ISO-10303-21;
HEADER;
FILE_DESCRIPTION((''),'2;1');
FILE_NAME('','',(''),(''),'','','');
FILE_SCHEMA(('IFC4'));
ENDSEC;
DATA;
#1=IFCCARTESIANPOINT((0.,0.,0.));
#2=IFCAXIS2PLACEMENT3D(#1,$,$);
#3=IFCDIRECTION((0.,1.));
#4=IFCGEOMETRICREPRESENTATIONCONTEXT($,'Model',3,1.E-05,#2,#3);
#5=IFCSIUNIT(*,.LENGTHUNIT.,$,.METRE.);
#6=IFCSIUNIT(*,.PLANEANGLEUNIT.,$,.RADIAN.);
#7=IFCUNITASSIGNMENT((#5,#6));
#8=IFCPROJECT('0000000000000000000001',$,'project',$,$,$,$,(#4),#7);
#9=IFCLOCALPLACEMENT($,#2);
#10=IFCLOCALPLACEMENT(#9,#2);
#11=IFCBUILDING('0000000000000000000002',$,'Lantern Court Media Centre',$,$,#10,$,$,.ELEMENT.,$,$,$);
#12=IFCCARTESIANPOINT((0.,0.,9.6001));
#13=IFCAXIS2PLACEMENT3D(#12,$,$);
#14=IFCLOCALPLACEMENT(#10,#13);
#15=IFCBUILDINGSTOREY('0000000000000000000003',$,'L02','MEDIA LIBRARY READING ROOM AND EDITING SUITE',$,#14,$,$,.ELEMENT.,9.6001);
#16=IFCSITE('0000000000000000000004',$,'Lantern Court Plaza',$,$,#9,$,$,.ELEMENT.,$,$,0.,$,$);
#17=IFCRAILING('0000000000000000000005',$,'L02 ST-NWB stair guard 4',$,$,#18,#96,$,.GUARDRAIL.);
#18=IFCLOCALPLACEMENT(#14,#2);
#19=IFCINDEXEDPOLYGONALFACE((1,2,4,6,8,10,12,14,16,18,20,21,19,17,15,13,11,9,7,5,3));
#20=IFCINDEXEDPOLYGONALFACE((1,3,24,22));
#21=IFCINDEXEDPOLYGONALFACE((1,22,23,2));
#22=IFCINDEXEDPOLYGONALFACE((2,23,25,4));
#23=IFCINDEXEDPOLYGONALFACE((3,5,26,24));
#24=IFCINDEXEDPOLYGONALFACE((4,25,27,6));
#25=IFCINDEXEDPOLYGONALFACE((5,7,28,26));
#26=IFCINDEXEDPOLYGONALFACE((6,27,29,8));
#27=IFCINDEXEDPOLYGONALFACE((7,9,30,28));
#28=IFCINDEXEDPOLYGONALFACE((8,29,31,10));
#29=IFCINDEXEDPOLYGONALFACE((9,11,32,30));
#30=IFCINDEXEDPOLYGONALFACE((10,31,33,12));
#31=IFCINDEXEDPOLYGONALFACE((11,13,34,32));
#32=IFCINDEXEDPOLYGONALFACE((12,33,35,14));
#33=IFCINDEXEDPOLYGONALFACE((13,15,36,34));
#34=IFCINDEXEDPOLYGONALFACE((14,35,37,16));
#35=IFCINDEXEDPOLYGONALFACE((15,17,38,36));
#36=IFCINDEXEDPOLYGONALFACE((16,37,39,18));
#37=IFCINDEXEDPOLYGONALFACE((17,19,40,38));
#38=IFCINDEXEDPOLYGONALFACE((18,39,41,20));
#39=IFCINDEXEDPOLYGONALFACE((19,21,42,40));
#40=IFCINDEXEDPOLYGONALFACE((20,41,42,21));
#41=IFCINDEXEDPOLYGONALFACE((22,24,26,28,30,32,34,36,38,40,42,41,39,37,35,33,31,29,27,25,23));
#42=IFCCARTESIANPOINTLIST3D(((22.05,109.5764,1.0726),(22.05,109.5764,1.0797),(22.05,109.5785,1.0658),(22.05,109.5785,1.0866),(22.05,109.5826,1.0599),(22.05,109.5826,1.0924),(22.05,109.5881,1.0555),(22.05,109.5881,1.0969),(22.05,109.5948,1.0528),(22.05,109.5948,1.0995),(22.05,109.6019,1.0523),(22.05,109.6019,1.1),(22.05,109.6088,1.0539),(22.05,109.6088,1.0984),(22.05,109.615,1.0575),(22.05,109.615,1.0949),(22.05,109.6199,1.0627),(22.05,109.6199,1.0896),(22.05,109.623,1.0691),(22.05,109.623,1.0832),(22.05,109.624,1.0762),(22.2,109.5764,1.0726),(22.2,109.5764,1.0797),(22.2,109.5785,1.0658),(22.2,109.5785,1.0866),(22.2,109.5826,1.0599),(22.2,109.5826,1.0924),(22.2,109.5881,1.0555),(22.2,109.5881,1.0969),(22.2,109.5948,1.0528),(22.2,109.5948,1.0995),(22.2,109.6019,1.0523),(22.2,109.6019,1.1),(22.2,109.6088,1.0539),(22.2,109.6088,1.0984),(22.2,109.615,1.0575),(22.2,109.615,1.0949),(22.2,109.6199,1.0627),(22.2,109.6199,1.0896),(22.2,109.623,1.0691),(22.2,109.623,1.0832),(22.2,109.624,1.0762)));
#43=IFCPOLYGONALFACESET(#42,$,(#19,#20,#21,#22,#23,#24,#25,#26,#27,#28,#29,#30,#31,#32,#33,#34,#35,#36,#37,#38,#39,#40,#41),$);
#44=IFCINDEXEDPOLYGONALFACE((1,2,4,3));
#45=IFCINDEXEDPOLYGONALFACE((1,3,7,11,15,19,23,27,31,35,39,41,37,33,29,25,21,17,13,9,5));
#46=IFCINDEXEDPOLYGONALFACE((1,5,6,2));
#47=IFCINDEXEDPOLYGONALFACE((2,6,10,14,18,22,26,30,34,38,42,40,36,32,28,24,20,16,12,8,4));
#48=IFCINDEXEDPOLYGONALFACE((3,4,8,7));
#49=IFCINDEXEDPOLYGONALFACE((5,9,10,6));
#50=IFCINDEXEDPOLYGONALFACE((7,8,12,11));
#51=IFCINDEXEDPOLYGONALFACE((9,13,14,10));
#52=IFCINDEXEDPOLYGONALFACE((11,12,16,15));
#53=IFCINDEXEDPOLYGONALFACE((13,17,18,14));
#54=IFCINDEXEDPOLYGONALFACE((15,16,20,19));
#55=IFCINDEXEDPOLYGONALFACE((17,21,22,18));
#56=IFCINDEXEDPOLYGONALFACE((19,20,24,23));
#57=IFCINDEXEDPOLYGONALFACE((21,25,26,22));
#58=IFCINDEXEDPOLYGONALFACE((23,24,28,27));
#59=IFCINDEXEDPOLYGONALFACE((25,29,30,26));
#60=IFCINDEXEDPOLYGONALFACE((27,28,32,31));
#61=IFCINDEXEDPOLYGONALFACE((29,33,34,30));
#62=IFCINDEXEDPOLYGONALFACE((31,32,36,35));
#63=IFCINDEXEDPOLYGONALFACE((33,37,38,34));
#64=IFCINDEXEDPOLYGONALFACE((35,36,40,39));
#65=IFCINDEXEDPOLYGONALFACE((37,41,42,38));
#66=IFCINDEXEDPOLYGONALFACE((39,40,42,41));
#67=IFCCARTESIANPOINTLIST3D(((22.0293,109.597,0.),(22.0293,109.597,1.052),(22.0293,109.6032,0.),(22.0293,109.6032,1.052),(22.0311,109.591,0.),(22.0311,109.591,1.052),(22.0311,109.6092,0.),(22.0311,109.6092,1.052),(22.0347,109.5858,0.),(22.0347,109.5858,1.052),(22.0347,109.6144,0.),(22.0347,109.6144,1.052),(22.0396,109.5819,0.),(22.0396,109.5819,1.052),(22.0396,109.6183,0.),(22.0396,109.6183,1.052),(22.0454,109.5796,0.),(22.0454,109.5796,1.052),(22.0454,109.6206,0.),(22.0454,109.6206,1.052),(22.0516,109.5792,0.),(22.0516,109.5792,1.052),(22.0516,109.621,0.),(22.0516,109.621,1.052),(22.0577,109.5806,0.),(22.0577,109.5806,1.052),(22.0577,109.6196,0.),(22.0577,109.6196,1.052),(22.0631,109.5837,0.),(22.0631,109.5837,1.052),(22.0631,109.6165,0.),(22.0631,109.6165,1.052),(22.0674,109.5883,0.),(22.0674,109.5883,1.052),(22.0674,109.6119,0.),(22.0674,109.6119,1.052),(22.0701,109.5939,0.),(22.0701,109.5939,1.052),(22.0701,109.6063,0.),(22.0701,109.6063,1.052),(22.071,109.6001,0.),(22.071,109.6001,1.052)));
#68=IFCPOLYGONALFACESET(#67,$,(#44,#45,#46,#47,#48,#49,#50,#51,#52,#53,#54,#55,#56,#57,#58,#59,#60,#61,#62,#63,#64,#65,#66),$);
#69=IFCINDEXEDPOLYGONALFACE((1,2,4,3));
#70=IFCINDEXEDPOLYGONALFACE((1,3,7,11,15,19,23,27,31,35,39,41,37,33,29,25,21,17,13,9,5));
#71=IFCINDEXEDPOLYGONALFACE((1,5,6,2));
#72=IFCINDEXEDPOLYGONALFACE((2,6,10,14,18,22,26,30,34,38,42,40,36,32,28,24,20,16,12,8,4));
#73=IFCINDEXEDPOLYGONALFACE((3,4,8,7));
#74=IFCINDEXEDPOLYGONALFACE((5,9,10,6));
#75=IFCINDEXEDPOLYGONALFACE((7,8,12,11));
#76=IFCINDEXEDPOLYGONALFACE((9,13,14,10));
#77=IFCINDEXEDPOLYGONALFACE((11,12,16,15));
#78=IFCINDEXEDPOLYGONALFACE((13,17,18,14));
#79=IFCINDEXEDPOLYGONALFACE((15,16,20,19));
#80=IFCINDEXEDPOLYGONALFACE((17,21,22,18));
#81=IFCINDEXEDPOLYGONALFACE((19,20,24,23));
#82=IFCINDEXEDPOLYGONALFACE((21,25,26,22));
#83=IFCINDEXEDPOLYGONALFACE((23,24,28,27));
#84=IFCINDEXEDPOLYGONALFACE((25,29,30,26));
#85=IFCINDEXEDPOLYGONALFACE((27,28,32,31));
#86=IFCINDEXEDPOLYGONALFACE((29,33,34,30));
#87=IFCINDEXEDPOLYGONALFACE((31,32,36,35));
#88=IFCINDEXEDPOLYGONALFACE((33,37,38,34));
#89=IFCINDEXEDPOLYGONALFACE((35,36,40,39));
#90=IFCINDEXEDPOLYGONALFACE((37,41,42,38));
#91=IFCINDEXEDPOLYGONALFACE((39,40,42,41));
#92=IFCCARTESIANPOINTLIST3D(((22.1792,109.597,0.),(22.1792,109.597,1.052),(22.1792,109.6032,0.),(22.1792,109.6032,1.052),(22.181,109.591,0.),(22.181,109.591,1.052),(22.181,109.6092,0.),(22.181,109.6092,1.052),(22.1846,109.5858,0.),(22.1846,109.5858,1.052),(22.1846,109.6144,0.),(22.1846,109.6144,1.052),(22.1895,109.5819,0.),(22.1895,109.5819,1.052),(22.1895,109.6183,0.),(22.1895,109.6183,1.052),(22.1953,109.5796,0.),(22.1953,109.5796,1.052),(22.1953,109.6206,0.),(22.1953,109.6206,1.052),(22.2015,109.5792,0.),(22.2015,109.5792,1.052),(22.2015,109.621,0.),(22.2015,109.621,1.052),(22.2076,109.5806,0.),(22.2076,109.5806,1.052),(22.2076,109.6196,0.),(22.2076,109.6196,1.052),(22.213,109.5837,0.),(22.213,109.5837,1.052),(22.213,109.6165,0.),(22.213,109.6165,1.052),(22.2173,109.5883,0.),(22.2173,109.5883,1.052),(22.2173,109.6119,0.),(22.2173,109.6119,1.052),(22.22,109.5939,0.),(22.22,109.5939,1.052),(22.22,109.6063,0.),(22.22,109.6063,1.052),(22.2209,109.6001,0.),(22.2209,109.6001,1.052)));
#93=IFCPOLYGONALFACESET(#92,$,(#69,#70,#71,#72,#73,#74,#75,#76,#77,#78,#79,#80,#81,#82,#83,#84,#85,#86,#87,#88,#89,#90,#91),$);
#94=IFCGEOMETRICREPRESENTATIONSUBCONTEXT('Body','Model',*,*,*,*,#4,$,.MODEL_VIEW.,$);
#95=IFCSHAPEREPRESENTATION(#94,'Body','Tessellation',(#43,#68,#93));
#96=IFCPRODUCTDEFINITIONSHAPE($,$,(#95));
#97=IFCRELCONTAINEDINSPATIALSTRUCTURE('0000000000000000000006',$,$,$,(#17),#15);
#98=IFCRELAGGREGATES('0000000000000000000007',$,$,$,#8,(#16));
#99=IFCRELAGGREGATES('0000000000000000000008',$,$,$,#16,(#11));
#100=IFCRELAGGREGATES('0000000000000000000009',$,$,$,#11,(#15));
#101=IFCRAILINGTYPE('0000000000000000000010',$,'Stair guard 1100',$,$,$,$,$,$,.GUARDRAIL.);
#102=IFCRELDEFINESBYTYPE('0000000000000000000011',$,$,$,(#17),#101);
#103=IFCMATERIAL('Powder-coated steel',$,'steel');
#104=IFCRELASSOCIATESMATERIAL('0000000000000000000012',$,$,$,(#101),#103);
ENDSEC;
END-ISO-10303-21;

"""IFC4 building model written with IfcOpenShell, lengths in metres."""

from ifc_helpers import new_model, si_unit, direction, frame, origin, origin_2d, place, context, subcontext, project, spatial, circle, extrude, material, type_object, element, save


model = new_model("IFC4")

# Units and contexts
model_context = context("Model", 3, precision=1e-05, world=origin(), true_north=direction((0.0, 1.0)))
body_context = subcontext(model_context, "Body", "Model", "MODEL_VIEW")
ifc_project = project(units=[si_unit("LENGTHUNIT", "METRE"), si_unit("PLANEANGLEUNIT", "RADIAN")], contexts=[model_context])

# Site, building, storey
site_placement = place(None, origin())
site = spatial("IfcSite", under=ifc_project, at=site_placement, Name="Lantern Court Plaza", CompositionType="ELEMENT", RefElevation=0.0)
building_placement = place(site_placement, origin())
building = spatial("IfcBuilding", under=site, at=building_placement, Name="Lantern Court Media Centre", CompositionType="ELEMENT")
storey_placement = place(building_placement, frame((0.0, 0.0, 9.6001)))
storey = spatial("IfcBuildingStorey", under=building, at=storey_placement, Name="L02", Description="MEDIA LIBRARY READING ROOM AND EDITING SUITE", CompositionType="ELEMENT", Elevation=9.6001)

# Shared definitions
ifc_material_1 = material(Name="Powder-coated steel", Category="steel")

# Railing
railing_type_1 = type_object("IfcRailingType", Name="Stair guard 1100", PredefinedType="GUARDRAIL", material=ifc_material_1)
railing_1_placement = place(storey_placement, frame((22.05, 109.6001, 0.0)))
element("IfcRailing", 1, at=railing_1_placement, inside=storey, type_object=railing_type_1, Name="L02 ST-NWB stair guard 4", PredefinedType="GUARDRAIL", context=body_context, shape_type="SweptSolid", body=[
    extrude(circle(Radius=0.0239, at=origin_2d()), frame((0.0, 0.0, 1.0762), z_axis=(1.0, 0.0, 0.0), x_axis=(0.0, 1.0, 0.0)), (0.0, 0.0, 1.0), 0.1499),
    extrude(circle(Radius=0.021, at=origin_2d()), origin(), (0.0, 0.0, 1.0), 1.052),
    extrude(circle(Radius=0.021, at=origin_2d()), frame((0.1499, 0.0, 0.0)), (0.0, 0.0, 1.0), 1.052),
])

save(model, "model.ifc")
